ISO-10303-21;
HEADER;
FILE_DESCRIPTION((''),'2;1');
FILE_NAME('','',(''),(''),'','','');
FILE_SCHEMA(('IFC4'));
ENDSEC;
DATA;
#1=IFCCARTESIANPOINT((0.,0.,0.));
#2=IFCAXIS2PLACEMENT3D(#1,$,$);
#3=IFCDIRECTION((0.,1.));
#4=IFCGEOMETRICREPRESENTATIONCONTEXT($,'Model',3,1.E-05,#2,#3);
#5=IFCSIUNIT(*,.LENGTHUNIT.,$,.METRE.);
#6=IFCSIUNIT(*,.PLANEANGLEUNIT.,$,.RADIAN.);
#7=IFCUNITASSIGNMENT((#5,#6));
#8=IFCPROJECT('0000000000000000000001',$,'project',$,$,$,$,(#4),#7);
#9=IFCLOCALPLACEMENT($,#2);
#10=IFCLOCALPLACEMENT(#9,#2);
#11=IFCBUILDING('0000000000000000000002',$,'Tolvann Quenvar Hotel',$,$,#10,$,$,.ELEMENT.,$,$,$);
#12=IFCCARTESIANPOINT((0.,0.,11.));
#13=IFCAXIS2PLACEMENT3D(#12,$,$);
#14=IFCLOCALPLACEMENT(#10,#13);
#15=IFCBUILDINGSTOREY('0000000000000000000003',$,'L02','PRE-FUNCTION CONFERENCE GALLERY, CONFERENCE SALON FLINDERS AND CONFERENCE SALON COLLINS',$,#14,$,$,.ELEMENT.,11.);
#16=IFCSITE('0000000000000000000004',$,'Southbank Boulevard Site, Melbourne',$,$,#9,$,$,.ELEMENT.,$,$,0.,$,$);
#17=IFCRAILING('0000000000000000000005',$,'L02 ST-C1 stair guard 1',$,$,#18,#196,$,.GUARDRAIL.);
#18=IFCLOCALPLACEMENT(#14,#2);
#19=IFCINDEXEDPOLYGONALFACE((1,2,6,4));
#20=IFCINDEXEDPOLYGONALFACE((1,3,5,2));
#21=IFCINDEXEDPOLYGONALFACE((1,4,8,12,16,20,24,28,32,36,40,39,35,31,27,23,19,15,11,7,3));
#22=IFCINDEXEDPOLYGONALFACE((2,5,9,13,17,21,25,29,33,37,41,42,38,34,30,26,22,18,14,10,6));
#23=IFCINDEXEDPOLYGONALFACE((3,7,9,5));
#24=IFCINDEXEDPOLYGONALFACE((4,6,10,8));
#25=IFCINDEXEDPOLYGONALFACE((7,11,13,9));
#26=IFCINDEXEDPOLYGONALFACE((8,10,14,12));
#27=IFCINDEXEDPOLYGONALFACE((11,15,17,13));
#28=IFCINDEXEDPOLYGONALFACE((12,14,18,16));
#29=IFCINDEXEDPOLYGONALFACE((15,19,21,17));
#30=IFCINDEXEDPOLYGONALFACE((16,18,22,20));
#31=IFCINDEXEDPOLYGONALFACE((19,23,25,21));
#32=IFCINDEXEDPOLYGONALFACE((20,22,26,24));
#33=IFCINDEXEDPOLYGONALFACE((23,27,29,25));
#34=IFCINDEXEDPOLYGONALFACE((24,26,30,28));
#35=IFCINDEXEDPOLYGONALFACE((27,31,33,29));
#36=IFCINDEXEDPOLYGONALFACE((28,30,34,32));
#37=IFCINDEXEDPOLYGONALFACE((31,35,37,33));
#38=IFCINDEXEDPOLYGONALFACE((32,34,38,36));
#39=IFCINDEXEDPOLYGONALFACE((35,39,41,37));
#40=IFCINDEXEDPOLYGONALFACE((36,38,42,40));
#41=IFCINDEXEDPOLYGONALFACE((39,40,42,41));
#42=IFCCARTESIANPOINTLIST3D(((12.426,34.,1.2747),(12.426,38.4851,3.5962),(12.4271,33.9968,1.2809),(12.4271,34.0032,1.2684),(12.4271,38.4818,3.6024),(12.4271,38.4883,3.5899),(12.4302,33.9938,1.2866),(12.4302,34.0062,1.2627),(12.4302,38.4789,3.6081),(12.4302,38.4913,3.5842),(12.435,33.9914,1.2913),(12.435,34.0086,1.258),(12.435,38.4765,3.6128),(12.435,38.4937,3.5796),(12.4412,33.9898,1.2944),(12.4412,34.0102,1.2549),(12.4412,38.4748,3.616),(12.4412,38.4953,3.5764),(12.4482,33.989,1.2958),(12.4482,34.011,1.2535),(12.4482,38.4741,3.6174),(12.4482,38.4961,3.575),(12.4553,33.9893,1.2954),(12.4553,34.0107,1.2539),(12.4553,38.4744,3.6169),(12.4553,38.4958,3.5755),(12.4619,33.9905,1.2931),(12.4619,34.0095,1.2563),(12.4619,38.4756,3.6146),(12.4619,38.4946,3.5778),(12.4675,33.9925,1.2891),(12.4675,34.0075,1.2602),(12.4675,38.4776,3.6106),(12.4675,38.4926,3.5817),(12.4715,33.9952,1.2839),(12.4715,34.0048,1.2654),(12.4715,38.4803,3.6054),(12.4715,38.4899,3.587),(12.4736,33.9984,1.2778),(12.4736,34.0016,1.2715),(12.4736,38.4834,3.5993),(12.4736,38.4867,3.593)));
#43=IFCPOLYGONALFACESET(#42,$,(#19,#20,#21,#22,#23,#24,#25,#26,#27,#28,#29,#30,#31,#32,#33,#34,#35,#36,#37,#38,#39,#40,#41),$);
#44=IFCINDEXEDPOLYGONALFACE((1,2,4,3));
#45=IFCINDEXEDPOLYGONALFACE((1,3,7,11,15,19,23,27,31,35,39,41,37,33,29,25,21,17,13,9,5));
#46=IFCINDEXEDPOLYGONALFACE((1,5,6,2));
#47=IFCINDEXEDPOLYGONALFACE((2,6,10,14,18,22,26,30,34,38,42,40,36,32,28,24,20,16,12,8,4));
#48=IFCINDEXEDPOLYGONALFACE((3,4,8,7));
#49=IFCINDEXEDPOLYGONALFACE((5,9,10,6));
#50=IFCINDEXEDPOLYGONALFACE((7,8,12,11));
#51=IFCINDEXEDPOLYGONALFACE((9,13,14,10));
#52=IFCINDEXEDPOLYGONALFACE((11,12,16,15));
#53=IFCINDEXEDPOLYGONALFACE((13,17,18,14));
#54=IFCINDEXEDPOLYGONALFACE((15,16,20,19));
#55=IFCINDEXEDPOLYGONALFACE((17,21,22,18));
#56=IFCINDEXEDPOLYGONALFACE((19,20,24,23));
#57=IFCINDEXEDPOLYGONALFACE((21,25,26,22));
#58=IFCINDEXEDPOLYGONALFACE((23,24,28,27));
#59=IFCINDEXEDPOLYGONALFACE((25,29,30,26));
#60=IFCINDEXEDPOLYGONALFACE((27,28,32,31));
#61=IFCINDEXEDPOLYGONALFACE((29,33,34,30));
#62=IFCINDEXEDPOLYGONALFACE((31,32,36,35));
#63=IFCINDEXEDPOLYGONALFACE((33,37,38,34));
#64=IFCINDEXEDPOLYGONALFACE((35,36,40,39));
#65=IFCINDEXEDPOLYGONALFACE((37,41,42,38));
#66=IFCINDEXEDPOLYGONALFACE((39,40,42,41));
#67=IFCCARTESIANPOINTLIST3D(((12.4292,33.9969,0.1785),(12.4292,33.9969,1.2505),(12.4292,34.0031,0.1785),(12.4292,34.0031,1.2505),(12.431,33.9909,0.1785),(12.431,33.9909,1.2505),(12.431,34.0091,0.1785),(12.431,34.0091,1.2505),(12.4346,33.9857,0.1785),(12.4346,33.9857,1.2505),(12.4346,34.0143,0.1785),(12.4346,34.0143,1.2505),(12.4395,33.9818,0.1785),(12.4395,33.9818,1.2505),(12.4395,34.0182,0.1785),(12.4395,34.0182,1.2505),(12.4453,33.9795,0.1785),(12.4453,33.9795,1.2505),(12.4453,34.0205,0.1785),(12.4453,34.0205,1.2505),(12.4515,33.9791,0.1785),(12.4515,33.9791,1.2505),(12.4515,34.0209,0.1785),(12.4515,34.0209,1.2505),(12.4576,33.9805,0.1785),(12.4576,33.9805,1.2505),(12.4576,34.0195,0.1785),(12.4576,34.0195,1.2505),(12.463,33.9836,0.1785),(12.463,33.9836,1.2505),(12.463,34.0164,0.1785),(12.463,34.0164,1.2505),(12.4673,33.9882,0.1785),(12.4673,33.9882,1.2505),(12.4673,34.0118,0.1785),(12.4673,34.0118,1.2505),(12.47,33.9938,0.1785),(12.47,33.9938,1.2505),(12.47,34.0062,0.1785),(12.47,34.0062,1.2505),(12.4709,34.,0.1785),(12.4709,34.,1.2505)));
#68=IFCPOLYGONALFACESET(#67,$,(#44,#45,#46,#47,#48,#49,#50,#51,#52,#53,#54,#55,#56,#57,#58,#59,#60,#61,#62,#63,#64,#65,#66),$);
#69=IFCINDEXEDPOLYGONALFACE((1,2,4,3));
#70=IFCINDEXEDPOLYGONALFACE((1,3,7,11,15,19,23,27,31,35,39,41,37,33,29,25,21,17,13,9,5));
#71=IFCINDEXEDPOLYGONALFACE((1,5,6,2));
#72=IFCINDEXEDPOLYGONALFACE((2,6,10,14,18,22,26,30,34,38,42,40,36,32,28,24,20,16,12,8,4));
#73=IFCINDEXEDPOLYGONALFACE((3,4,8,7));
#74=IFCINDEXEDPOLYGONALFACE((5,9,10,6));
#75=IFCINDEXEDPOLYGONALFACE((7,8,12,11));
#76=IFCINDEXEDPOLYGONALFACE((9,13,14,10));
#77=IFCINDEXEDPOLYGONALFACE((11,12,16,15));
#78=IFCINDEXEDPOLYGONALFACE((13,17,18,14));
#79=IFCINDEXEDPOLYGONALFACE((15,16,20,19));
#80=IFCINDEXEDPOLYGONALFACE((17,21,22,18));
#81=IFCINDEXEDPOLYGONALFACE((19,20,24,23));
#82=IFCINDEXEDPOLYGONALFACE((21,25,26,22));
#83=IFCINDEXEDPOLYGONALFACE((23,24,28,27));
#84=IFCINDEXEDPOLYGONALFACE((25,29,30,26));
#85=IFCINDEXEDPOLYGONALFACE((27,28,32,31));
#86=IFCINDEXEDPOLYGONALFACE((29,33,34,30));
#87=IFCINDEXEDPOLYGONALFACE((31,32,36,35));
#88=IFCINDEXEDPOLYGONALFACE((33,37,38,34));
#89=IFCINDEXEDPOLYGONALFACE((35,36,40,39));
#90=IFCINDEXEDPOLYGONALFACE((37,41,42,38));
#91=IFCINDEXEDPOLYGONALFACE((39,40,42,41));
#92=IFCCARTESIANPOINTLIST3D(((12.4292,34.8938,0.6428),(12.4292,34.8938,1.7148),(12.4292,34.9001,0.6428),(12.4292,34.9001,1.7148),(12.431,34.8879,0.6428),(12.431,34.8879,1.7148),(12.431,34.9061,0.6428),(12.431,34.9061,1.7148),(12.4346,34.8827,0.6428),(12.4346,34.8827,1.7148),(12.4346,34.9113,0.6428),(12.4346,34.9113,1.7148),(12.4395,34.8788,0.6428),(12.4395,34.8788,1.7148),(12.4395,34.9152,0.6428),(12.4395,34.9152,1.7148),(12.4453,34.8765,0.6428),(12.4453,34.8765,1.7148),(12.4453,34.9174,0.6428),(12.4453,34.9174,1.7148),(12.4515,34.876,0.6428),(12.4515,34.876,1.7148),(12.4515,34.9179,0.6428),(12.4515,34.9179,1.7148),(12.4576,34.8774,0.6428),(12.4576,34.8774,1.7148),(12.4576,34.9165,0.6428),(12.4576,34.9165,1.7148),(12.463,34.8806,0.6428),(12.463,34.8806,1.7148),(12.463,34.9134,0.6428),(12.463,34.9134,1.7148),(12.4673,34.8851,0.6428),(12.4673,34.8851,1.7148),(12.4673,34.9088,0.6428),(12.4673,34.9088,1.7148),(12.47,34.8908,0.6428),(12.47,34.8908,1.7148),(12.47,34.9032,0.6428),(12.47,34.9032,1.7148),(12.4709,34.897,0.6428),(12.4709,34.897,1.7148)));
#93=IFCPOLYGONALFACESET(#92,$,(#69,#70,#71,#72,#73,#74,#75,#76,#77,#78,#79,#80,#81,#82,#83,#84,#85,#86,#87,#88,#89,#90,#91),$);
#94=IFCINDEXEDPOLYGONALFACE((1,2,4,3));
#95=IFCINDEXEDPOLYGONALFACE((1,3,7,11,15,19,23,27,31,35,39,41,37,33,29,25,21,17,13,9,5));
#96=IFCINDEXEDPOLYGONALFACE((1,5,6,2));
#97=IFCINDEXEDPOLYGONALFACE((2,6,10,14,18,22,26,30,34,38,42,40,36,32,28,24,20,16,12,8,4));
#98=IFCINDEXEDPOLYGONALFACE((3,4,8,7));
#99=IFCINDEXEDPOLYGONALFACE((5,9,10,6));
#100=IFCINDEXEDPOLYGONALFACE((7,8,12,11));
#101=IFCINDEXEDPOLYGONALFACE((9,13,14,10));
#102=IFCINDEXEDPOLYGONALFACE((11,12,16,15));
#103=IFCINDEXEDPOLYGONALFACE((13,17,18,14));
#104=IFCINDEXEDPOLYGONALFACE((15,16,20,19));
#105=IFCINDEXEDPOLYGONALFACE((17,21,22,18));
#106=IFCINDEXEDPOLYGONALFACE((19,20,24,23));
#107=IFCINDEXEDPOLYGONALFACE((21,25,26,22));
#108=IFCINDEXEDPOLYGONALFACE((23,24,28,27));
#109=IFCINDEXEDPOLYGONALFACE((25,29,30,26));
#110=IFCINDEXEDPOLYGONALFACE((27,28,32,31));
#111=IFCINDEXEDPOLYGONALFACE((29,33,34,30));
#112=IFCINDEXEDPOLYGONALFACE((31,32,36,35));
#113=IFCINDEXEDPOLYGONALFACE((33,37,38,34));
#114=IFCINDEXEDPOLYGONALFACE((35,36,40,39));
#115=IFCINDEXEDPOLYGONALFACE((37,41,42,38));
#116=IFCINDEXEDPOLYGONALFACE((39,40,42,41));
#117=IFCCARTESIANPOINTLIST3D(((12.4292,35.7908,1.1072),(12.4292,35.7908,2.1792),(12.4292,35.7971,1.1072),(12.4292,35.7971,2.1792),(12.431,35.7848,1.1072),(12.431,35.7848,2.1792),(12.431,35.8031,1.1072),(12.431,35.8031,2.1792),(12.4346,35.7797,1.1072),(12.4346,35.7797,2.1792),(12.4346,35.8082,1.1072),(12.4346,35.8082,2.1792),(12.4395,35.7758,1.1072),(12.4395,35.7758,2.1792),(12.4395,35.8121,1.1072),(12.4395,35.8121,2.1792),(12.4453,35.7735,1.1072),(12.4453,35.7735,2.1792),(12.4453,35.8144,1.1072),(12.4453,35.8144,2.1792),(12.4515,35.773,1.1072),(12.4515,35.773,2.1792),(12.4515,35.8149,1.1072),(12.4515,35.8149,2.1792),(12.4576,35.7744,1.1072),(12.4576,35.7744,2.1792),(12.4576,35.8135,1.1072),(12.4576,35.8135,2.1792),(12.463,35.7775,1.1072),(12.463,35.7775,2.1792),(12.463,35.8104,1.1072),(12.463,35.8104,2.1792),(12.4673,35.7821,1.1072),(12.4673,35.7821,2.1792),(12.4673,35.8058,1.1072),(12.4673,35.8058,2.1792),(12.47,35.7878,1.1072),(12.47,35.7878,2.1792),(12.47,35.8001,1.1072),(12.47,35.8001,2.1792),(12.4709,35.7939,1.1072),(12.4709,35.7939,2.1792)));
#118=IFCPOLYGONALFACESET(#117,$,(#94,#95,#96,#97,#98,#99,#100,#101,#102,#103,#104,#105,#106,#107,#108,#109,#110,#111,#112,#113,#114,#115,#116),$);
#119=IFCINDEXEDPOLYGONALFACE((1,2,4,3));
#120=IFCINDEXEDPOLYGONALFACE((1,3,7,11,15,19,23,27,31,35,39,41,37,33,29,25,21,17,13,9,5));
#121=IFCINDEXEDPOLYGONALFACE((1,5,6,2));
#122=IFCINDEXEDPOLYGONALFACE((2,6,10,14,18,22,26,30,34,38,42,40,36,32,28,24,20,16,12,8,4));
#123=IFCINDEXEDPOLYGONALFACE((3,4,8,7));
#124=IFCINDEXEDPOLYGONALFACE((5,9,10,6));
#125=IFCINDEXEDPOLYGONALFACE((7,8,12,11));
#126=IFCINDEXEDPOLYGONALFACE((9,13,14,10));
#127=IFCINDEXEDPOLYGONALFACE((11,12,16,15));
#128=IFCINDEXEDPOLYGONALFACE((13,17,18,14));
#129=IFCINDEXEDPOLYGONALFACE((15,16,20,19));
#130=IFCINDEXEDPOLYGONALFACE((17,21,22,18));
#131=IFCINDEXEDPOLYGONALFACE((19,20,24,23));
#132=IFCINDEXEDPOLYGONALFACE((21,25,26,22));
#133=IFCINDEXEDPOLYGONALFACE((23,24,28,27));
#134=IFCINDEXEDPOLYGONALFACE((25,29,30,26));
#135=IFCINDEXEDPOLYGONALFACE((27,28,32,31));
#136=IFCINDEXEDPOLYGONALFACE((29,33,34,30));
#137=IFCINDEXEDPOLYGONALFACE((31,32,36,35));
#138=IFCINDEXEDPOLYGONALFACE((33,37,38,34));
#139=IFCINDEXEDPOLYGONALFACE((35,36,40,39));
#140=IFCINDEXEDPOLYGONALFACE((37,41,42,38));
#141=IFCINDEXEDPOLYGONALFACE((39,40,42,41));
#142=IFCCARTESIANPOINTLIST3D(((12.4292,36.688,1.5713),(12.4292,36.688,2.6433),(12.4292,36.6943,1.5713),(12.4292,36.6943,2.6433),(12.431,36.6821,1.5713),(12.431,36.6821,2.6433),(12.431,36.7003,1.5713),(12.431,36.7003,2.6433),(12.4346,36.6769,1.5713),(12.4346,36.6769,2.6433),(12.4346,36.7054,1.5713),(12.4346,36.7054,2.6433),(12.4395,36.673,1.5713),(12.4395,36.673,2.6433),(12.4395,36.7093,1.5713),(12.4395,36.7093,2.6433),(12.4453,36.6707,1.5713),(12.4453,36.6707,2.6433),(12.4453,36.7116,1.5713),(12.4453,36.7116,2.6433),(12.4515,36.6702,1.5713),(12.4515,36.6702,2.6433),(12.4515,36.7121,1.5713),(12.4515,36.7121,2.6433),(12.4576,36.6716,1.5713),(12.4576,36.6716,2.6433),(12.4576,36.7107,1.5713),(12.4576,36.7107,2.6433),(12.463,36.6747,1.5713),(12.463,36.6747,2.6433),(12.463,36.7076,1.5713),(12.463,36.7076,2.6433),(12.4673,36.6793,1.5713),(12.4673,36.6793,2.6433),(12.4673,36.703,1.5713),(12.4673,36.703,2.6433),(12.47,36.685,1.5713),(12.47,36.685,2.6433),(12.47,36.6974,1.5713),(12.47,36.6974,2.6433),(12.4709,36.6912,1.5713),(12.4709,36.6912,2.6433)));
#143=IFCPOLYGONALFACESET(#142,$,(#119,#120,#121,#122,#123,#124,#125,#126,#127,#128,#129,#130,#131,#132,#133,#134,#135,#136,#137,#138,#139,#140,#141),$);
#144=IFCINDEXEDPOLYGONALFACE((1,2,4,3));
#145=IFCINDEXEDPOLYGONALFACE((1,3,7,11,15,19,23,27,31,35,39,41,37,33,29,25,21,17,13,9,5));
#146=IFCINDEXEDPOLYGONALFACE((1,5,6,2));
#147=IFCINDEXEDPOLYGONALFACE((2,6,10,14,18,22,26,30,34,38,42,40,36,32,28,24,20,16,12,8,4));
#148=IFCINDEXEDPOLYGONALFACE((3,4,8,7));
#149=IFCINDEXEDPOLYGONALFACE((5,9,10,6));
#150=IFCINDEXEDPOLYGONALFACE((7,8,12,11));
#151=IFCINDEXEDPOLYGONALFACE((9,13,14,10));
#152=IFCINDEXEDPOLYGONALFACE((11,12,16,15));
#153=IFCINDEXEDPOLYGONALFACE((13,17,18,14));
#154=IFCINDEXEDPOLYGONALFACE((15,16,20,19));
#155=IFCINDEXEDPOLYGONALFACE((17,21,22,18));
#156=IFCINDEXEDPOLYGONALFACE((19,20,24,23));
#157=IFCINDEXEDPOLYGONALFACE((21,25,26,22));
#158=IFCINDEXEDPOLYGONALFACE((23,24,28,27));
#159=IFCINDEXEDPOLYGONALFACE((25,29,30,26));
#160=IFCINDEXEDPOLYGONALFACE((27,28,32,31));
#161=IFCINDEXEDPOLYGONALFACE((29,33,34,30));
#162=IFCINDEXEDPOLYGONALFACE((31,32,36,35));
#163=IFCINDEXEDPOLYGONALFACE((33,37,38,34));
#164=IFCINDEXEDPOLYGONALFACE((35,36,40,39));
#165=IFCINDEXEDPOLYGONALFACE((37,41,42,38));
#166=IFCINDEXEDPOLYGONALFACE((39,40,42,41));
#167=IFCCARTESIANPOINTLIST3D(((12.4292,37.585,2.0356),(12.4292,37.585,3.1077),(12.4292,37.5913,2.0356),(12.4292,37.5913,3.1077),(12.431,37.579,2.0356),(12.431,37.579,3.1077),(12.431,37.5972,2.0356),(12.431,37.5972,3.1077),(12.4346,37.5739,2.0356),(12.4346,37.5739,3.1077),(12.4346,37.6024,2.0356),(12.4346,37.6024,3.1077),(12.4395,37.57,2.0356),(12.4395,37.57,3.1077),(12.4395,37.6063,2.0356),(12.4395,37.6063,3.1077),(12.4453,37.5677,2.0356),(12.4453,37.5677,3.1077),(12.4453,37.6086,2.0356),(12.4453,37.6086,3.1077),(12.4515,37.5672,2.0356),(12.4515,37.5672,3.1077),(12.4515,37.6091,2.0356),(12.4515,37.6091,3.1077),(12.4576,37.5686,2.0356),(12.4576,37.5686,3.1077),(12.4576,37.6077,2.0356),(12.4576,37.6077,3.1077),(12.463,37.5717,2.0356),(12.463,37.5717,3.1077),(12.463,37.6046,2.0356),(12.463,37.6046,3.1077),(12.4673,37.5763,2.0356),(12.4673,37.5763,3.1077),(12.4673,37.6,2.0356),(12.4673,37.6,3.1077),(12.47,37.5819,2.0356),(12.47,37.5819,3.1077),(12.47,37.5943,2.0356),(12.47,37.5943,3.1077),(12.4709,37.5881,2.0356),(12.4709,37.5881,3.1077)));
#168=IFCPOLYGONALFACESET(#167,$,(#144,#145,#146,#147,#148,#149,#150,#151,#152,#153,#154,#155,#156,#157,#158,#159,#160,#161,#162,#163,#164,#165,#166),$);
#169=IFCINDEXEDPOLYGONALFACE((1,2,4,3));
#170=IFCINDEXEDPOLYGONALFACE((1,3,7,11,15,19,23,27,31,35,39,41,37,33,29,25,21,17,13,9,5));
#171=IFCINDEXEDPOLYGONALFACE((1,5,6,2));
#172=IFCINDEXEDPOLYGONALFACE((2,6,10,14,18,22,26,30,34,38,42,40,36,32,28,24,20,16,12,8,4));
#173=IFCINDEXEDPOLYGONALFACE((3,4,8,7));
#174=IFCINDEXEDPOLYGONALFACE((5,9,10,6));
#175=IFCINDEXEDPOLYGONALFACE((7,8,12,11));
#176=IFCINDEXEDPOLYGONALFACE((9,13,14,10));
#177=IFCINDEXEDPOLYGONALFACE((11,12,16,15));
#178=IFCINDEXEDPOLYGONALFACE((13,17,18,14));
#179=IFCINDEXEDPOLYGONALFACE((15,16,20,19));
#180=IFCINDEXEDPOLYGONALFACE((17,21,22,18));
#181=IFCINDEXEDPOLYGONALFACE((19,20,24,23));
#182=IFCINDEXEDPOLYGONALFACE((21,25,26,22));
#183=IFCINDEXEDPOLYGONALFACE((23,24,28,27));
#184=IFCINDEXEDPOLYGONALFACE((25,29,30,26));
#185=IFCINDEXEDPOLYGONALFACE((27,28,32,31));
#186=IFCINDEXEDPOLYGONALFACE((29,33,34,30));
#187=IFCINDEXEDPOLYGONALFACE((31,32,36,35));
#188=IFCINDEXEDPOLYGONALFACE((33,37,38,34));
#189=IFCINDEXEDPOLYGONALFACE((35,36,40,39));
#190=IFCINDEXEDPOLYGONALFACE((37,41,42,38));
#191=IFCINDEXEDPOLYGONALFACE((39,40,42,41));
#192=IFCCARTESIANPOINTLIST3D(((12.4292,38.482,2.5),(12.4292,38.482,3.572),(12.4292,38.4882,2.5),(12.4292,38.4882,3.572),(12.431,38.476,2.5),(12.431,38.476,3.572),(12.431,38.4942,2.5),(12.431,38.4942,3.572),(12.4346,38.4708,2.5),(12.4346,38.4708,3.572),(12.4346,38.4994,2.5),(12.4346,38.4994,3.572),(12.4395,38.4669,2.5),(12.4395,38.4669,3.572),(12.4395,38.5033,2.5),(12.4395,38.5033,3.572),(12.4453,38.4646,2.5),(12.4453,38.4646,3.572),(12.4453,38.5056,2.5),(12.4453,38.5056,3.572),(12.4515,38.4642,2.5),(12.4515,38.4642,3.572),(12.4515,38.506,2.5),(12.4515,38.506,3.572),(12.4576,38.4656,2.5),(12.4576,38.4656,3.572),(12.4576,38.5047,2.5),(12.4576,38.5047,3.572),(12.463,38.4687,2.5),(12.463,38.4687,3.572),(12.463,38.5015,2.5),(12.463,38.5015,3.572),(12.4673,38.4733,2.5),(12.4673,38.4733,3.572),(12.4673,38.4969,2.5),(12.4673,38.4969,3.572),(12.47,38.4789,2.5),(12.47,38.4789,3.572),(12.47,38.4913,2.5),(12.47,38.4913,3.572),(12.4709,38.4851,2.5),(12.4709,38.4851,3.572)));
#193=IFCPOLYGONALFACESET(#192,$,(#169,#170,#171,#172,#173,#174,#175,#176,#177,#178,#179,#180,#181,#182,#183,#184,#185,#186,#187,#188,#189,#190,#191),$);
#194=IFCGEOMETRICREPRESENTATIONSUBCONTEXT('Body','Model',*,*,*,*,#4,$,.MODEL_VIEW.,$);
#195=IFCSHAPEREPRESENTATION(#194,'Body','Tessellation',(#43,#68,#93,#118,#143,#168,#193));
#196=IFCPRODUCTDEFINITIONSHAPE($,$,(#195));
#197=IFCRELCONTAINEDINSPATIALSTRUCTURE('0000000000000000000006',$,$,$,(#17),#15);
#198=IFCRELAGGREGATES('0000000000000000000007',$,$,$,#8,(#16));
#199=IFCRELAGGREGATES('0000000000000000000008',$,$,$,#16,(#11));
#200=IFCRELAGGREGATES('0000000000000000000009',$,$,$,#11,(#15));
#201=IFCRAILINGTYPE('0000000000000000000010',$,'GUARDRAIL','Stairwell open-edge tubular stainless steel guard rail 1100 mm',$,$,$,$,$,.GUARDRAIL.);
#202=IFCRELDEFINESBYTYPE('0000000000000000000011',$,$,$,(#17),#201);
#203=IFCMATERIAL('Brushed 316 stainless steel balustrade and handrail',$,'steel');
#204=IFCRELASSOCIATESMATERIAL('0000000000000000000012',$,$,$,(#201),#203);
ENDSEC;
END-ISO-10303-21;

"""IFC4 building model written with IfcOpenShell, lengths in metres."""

from ifc_helpers import new_model, si_unit, direction, frame, origin, origin_2d, place, context, subcontext, project, spatial, circle, extrude, material, type_object, element, save


model = new_model("IFC4")

# Units and contexts
model_context = context("Model", 3, precision=1e-05, world=origin(), true_north=direction((0.0, 1.0)))
body_context = subcontext(model_context, "Body", "Model", "MODEL_VIEW")
ifc_project = project(units=[si_unit("LENGTHUNIT", "METRE"), si_unit("PLANEANGLEUNIT", "RADIAN")], contexts=[model_context])

# Site, building, storey
site_placement = place(None, origin())
site = spatial("IfcSite", under=ifc_project, at=site_placement, Name="Southbank Boulevard Site, Melbourne", CompositionType="ELEMENT", RefElevation=0.0)
building_placement = place(site_placement, origin())
building = spatial("IfcBuilding", under=site, at=building_placement, Name="Tolvann Quenvar Hotel", CompositionType="ELEMENT")
storey_placement = place(building_placement, frame((0.0, 0.0, 11.0)))
storey = spatial("IfcBuildingStorey", under=building, at=storey_placement, Name="L02", Description="PRE-FUNCTION CONFERENCE GALLERY, CONFERENCE SALON FLINDERS AND CONFERENCE SALON COLLINS", CompositionType="ELEMENT", Elevation=11.0)

# Railing
ifc_material_1 = material(Name="Brushed 316 stainless steel balustrade and handrail", Category="steel")
railing_type_1 = type_object("IfcRailingType", Name="GUARDRAIL", Description="Stairwell open-edge tubular stainless steel guard rail 1100 mm", PredefinedType="GUARDRAIL", material=ifc_material_1)
railing_1_placement = place(storey_placement, frame((12.45, 34.0, 0.1785)))
element("IfcRailing", 1, at=railing_1_placement, inside=storey, type_object=railing_type_1, Name="L02 ST-C1 stair guard 1", PredefinedType="GUARDRAIL", context=body_context, shape_type="SweptSolid", body=[
    extrude(circle(Radius=0.0239, at=origin_2d()), frame((0.0, 0.0, 1.0962), z_axis=(0.0, 0.888084, 0.459681), x_axis=(-1.0, 0.0, 0.0)), (0.0, 0.0, 1.0), 5.0503),
    extrude(circle(Radius=0.021, at=origin_2d()), origin(), (0.0, 0.0, 1.0), 1.072),
    extrude(circle(Radius=0.021, at=origin_2d()), frame((0.0, 0.897, 0.4644)), (0.0, 0.0, 1.0), 1.072),
    extrude(circle(Radius=0.021, at=origin_2d()), frame((0.0, 1.7939, 0.9287)), (0.0, 0.0, 1.0), 1.072),
    extrude(circle(Radius=0.021, at=origin_2d()), frame((0.0, 2.6912, 1.3928)), (0.0, 0.0, 1.0), 1.072),
    extrude(circle(Radius=0.021, at=origin_2d()), frame((0.0, 3.5881, 1.8572)), (0.0, 0.0, 1.0), 1.072),
    extrude(circle(Radius=0.021, at=origin_2d()), frame((0.0, 4.4851, 2.3215)), (0.0, 0.0, 1.0), 1.072),
])

save(model, "model.ifc")
